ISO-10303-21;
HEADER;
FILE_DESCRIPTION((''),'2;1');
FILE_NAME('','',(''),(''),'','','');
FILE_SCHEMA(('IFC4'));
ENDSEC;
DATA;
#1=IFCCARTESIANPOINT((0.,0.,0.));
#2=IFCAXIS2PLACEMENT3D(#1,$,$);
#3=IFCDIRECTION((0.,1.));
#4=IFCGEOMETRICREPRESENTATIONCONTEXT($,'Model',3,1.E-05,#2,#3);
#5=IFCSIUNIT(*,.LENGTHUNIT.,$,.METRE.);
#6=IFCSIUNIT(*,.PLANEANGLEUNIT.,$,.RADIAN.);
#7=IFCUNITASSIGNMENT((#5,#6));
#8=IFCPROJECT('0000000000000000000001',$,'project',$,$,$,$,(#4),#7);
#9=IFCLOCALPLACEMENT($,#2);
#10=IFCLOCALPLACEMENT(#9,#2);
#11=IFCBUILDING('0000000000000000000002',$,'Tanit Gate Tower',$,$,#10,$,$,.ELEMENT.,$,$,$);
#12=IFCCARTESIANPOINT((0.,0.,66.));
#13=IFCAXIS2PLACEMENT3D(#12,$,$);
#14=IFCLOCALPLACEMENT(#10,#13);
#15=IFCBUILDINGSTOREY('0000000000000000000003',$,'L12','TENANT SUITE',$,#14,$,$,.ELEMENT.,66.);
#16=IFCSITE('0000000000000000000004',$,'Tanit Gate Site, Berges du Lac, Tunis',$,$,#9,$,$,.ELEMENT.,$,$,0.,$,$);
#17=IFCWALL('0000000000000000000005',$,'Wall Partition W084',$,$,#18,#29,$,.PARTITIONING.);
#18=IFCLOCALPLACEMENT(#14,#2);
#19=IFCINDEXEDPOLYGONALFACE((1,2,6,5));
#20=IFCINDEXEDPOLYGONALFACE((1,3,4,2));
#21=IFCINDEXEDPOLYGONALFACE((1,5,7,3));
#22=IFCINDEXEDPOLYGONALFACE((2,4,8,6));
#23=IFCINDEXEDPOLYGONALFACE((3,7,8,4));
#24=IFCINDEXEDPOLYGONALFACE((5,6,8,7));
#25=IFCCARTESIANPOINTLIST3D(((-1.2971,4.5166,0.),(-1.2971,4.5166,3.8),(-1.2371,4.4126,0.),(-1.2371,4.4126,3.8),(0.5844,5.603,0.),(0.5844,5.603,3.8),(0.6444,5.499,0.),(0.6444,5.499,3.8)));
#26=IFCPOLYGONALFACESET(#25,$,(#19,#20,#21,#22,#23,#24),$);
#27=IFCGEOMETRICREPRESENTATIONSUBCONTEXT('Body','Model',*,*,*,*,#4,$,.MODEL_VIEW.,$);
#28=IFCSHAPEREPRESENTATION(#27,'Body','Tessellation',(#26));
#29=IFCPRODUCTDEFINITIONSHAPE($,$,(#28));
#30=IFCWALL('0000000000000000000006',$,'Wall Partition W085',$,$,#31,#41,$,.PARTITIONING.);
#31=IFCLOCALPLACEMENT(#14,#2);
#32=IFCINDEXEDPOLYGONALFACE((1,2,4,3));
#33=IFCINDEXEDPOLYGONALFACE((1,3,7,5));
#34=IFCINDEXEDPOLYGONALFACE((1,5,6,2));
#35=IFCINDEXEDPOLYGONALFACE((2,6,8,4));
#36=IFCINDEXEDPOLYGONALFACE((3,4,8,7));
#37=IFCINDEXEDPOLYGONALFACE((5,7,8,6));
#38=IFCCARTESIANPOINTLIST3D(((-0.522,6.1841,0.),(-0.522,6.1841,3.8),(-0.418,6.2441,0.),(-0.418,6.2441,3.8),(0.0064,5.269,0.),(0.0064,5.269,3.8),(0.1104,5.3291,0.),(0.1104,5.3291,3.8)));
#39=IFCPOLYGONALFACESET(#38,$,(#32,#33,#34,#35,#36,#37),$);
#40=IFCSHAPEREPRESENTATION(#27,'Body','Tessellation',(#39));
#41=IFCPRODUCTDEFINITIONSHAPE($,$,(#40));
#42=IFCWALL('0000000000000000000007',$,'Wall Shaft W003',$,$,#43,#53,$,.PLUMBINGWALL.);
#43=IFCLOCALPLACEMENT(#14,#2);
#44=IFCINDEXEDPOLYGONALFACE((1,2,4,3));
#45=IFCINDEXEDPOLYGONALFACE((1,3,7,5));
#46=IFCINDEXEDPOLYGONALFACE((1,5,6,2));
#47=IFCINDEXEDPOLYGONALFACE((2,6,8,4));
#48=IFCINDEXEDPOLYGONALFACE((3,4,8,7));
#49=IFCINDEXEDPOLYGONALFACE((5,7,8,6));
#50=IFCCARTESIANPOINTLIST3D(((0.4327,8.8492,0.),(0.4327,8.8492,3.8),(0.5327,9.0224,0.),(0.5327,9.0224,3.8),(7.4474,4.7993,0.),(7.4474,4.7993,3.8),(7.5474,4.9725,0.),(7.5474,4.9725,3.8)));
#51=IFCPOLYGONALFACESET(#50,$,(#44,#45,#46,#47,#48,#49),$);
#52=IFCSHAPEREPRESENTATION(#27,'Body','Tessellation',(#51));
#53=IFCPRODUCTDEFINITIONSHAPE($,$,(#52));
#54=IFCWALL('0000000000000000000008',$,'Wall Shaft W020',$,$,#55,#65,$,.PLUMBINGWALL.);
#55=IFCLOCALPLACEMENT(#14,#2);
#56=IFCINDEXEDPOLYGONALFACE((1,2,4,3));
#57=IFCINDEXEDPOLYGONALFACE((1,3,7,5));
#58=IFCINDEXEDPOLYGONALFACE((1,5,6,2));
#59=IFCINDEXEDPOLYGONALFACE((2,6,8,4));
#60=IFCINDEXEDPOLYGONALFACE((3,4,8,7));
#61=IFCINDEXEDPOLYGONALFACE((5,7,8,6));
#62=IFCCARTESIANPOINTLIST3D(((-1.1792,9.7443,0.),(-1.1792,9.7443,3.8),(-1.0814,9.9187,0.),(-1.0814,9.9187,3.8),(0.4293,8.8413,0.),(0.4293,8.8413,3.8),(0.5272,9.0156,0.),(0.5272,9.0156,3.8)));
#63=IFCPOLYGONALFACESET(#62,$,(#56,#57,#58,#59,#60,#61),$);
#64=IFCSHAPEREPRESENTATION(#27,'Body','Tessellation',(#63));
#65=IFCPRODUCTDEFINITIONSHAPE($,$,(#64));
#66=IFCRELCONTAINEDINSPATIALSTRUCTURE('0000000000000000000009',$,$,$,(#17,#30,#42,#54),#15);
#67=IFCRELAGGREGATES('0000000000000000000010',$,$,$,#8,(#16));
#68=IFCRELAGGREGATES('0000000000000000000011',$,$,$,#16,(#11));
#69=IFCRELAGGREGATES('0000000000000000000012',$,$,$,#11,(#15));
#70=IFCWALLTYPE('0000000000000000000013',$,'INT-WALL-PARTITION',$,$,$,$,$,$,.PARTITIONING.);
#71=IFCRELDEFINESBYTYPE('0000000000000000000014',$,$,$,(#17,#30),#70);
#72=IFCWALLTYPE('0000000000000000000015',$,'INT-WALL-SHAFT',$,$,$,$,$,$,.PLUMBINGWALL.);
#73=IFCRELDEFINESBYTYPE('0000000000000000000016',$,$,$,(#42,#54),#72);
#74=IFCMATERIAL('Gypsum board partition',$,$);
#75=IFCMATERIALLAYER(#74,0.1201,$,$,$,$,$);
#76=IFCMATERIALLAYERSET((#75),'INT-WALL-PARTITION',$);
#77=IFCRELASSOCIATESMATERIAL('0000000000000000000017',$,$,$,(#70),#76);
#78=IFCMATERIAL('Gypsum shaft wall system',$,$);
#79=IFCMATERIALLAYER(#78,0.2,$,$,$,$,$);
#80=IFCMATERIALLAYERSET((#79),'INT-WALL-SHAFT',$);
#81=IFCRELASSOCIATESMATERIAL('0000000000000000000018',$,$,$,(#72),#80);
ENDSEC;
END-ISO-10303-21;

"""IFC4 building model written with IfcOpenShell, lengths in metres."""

from ifc_helpers import new_model, si_unit, direction, frame, frame_2d, origin, place, context, subcontext, project, spatial, rectangle, extrude, material, layer, layer_set, type_object, element, save


model = new_model("IFC4")

# Units and contexts
model_context = context("Model", 3, precision=1e-05, world=origin(), true_north=direction((0.0, 1.0)))
body_context = subcontext(model_context, "Body", "Model", "MODEL_VIEW")
ifc_project = project(units=[si_unit("LENGTHUNIT", "METRE"), si_unit("PLANEANGLEUNIT", "RADIAN")], contexts=[model_context])

# Site, building, storey
site_placement = place(None, origin())
site = spatial("IfcSite", under=ifc_project, at=site_placement, Name="Tanit Gate Site, Berges du Lac, Tunis", CompositionType="ELEMENT", RefElevation=0.0)
building_placement = place(site_placement, origin())
building = spatial("IfcBuilding", under=site, at=building_placement, Name="Tanit Gate Tower", CompositionType="ELEMENT")
storey_placement = place(building_placement, frame((0.0, 0.0, 66.0)))
storey = spatial("IfcBuildingStorey", under=building, at=storey_placement, Name="L12", Description="TENANT SUITE", CompositionType="ELEMENT", Elevation=66.0)

# Walls
ifc_material_1 = material(Name="Gypsum board partition")
ifc_layer_1 = layer(ifc_material_1, 0.1201)
ifc_layer_set_1 = layer_set([ifc_layer_1], Name="INT-WALL-PARTITION")
wall_type_1 = type_object("IfcWallType", Name="INT-WALL-PARTITION", PredefinedType="PARTITIONING", material=ifc_layer_set_1)
wall_1_placement = place(storey_placement, frame((0.6145, 5.551, 0.0), z_axis=(0.0, 0.0, 1.0), x_axis=(-0.866008, -0.50003, 0.0)))
element("IfcWall", 1, at=wall_1_placement, inside=storey, type_object=wall_type_1, Name="Wall Partition W084", PredefinedType="PARTITIONING", context=body_context, shape_type="SweptSolid", body=[
    extrude(rectangle(XDim=2.1726, YDim=0.1201, at=frame_2d((1.0864, 0.0))), origin(), (0.0, 0.0, 1.0), 3.8),
])
wall_2_placement = place(storey_placement, frame((-0.47, 6.2141, 0.0), z_axis=(0.0, 0.0, 1.0), x_axis=(0.500016, -0.866016, 0.0)))
element("IfcWall", 2, at=wall_2_placement, inside=storey, type_object=wall_type_1, Name="Wall Partition W085", PredefinedType="PARTITIONING", context=body_context, shape_type="SweptSolid", body=[
    extrude(rectangle(XDim=1.0566, YDim=0.1201, at=frame_2d((0.5283, 0.0))), origin(), (0.0, 0.0, 1.0), 3.8),
])
ifc_material_2 = material(Name="Gypsum shaft wall system")
ifc_layer_2 = layer(ifc_material_2, 0.2)
ifc_layer_set_2 = layer_set([ifc_layer_2], Name="INT-WALL-SHAFT")
wall_type_2 = type_object("IfcWallType", Name="INT-WALL-SHAFT", PredefinedType="PLUMBINGWALL", material=ifc_layer_set_2)
wall_3_placement = place(storey_placement, frame((7.4973, 4.886, 0.0), z_axis=(0.0, 0.0, 1.0), x_axis=(-0.866031, 0.49999, 0.0)))
element("IfcWall", 3, at=wall_3_placement, inside=storey, type_object=wall_type_2, Name="Wall Shaft W003", PredefinedType="PLUMBINGWALL", context=body_context, shape_type="SweptSolid", body=[
    extrude(rectangle(XDim=8.0999, YDim=0.2, at=frame_2d((4.0498, 0.0))), origin(), (0.0, 0.0, 1.0), 3.8),
])
wall_4_placement = place(storey_placement, frame((0.4783, 8.9285, 0.0), z_axis=(0.0, 0.0, 1.0), x_axis=(-0.871989, 0.489526, 0.0)))
element("IfcWall", 4, at=wall_4_placement, inside=storey, type_object=wall_type_2, Name="Wall Shaft W020", PredefinedType="PLUMBINGWALL", context=body_context, shape_type="SweptSolid", body=[
    extrude(rectangle(XDim=1.8447, YDim=0.2, at=frame_2d((0.9224, 0.0))), origin(), (0.0, 0.0, 1.0), 3.8),
])

save(model, "model.ifc")
